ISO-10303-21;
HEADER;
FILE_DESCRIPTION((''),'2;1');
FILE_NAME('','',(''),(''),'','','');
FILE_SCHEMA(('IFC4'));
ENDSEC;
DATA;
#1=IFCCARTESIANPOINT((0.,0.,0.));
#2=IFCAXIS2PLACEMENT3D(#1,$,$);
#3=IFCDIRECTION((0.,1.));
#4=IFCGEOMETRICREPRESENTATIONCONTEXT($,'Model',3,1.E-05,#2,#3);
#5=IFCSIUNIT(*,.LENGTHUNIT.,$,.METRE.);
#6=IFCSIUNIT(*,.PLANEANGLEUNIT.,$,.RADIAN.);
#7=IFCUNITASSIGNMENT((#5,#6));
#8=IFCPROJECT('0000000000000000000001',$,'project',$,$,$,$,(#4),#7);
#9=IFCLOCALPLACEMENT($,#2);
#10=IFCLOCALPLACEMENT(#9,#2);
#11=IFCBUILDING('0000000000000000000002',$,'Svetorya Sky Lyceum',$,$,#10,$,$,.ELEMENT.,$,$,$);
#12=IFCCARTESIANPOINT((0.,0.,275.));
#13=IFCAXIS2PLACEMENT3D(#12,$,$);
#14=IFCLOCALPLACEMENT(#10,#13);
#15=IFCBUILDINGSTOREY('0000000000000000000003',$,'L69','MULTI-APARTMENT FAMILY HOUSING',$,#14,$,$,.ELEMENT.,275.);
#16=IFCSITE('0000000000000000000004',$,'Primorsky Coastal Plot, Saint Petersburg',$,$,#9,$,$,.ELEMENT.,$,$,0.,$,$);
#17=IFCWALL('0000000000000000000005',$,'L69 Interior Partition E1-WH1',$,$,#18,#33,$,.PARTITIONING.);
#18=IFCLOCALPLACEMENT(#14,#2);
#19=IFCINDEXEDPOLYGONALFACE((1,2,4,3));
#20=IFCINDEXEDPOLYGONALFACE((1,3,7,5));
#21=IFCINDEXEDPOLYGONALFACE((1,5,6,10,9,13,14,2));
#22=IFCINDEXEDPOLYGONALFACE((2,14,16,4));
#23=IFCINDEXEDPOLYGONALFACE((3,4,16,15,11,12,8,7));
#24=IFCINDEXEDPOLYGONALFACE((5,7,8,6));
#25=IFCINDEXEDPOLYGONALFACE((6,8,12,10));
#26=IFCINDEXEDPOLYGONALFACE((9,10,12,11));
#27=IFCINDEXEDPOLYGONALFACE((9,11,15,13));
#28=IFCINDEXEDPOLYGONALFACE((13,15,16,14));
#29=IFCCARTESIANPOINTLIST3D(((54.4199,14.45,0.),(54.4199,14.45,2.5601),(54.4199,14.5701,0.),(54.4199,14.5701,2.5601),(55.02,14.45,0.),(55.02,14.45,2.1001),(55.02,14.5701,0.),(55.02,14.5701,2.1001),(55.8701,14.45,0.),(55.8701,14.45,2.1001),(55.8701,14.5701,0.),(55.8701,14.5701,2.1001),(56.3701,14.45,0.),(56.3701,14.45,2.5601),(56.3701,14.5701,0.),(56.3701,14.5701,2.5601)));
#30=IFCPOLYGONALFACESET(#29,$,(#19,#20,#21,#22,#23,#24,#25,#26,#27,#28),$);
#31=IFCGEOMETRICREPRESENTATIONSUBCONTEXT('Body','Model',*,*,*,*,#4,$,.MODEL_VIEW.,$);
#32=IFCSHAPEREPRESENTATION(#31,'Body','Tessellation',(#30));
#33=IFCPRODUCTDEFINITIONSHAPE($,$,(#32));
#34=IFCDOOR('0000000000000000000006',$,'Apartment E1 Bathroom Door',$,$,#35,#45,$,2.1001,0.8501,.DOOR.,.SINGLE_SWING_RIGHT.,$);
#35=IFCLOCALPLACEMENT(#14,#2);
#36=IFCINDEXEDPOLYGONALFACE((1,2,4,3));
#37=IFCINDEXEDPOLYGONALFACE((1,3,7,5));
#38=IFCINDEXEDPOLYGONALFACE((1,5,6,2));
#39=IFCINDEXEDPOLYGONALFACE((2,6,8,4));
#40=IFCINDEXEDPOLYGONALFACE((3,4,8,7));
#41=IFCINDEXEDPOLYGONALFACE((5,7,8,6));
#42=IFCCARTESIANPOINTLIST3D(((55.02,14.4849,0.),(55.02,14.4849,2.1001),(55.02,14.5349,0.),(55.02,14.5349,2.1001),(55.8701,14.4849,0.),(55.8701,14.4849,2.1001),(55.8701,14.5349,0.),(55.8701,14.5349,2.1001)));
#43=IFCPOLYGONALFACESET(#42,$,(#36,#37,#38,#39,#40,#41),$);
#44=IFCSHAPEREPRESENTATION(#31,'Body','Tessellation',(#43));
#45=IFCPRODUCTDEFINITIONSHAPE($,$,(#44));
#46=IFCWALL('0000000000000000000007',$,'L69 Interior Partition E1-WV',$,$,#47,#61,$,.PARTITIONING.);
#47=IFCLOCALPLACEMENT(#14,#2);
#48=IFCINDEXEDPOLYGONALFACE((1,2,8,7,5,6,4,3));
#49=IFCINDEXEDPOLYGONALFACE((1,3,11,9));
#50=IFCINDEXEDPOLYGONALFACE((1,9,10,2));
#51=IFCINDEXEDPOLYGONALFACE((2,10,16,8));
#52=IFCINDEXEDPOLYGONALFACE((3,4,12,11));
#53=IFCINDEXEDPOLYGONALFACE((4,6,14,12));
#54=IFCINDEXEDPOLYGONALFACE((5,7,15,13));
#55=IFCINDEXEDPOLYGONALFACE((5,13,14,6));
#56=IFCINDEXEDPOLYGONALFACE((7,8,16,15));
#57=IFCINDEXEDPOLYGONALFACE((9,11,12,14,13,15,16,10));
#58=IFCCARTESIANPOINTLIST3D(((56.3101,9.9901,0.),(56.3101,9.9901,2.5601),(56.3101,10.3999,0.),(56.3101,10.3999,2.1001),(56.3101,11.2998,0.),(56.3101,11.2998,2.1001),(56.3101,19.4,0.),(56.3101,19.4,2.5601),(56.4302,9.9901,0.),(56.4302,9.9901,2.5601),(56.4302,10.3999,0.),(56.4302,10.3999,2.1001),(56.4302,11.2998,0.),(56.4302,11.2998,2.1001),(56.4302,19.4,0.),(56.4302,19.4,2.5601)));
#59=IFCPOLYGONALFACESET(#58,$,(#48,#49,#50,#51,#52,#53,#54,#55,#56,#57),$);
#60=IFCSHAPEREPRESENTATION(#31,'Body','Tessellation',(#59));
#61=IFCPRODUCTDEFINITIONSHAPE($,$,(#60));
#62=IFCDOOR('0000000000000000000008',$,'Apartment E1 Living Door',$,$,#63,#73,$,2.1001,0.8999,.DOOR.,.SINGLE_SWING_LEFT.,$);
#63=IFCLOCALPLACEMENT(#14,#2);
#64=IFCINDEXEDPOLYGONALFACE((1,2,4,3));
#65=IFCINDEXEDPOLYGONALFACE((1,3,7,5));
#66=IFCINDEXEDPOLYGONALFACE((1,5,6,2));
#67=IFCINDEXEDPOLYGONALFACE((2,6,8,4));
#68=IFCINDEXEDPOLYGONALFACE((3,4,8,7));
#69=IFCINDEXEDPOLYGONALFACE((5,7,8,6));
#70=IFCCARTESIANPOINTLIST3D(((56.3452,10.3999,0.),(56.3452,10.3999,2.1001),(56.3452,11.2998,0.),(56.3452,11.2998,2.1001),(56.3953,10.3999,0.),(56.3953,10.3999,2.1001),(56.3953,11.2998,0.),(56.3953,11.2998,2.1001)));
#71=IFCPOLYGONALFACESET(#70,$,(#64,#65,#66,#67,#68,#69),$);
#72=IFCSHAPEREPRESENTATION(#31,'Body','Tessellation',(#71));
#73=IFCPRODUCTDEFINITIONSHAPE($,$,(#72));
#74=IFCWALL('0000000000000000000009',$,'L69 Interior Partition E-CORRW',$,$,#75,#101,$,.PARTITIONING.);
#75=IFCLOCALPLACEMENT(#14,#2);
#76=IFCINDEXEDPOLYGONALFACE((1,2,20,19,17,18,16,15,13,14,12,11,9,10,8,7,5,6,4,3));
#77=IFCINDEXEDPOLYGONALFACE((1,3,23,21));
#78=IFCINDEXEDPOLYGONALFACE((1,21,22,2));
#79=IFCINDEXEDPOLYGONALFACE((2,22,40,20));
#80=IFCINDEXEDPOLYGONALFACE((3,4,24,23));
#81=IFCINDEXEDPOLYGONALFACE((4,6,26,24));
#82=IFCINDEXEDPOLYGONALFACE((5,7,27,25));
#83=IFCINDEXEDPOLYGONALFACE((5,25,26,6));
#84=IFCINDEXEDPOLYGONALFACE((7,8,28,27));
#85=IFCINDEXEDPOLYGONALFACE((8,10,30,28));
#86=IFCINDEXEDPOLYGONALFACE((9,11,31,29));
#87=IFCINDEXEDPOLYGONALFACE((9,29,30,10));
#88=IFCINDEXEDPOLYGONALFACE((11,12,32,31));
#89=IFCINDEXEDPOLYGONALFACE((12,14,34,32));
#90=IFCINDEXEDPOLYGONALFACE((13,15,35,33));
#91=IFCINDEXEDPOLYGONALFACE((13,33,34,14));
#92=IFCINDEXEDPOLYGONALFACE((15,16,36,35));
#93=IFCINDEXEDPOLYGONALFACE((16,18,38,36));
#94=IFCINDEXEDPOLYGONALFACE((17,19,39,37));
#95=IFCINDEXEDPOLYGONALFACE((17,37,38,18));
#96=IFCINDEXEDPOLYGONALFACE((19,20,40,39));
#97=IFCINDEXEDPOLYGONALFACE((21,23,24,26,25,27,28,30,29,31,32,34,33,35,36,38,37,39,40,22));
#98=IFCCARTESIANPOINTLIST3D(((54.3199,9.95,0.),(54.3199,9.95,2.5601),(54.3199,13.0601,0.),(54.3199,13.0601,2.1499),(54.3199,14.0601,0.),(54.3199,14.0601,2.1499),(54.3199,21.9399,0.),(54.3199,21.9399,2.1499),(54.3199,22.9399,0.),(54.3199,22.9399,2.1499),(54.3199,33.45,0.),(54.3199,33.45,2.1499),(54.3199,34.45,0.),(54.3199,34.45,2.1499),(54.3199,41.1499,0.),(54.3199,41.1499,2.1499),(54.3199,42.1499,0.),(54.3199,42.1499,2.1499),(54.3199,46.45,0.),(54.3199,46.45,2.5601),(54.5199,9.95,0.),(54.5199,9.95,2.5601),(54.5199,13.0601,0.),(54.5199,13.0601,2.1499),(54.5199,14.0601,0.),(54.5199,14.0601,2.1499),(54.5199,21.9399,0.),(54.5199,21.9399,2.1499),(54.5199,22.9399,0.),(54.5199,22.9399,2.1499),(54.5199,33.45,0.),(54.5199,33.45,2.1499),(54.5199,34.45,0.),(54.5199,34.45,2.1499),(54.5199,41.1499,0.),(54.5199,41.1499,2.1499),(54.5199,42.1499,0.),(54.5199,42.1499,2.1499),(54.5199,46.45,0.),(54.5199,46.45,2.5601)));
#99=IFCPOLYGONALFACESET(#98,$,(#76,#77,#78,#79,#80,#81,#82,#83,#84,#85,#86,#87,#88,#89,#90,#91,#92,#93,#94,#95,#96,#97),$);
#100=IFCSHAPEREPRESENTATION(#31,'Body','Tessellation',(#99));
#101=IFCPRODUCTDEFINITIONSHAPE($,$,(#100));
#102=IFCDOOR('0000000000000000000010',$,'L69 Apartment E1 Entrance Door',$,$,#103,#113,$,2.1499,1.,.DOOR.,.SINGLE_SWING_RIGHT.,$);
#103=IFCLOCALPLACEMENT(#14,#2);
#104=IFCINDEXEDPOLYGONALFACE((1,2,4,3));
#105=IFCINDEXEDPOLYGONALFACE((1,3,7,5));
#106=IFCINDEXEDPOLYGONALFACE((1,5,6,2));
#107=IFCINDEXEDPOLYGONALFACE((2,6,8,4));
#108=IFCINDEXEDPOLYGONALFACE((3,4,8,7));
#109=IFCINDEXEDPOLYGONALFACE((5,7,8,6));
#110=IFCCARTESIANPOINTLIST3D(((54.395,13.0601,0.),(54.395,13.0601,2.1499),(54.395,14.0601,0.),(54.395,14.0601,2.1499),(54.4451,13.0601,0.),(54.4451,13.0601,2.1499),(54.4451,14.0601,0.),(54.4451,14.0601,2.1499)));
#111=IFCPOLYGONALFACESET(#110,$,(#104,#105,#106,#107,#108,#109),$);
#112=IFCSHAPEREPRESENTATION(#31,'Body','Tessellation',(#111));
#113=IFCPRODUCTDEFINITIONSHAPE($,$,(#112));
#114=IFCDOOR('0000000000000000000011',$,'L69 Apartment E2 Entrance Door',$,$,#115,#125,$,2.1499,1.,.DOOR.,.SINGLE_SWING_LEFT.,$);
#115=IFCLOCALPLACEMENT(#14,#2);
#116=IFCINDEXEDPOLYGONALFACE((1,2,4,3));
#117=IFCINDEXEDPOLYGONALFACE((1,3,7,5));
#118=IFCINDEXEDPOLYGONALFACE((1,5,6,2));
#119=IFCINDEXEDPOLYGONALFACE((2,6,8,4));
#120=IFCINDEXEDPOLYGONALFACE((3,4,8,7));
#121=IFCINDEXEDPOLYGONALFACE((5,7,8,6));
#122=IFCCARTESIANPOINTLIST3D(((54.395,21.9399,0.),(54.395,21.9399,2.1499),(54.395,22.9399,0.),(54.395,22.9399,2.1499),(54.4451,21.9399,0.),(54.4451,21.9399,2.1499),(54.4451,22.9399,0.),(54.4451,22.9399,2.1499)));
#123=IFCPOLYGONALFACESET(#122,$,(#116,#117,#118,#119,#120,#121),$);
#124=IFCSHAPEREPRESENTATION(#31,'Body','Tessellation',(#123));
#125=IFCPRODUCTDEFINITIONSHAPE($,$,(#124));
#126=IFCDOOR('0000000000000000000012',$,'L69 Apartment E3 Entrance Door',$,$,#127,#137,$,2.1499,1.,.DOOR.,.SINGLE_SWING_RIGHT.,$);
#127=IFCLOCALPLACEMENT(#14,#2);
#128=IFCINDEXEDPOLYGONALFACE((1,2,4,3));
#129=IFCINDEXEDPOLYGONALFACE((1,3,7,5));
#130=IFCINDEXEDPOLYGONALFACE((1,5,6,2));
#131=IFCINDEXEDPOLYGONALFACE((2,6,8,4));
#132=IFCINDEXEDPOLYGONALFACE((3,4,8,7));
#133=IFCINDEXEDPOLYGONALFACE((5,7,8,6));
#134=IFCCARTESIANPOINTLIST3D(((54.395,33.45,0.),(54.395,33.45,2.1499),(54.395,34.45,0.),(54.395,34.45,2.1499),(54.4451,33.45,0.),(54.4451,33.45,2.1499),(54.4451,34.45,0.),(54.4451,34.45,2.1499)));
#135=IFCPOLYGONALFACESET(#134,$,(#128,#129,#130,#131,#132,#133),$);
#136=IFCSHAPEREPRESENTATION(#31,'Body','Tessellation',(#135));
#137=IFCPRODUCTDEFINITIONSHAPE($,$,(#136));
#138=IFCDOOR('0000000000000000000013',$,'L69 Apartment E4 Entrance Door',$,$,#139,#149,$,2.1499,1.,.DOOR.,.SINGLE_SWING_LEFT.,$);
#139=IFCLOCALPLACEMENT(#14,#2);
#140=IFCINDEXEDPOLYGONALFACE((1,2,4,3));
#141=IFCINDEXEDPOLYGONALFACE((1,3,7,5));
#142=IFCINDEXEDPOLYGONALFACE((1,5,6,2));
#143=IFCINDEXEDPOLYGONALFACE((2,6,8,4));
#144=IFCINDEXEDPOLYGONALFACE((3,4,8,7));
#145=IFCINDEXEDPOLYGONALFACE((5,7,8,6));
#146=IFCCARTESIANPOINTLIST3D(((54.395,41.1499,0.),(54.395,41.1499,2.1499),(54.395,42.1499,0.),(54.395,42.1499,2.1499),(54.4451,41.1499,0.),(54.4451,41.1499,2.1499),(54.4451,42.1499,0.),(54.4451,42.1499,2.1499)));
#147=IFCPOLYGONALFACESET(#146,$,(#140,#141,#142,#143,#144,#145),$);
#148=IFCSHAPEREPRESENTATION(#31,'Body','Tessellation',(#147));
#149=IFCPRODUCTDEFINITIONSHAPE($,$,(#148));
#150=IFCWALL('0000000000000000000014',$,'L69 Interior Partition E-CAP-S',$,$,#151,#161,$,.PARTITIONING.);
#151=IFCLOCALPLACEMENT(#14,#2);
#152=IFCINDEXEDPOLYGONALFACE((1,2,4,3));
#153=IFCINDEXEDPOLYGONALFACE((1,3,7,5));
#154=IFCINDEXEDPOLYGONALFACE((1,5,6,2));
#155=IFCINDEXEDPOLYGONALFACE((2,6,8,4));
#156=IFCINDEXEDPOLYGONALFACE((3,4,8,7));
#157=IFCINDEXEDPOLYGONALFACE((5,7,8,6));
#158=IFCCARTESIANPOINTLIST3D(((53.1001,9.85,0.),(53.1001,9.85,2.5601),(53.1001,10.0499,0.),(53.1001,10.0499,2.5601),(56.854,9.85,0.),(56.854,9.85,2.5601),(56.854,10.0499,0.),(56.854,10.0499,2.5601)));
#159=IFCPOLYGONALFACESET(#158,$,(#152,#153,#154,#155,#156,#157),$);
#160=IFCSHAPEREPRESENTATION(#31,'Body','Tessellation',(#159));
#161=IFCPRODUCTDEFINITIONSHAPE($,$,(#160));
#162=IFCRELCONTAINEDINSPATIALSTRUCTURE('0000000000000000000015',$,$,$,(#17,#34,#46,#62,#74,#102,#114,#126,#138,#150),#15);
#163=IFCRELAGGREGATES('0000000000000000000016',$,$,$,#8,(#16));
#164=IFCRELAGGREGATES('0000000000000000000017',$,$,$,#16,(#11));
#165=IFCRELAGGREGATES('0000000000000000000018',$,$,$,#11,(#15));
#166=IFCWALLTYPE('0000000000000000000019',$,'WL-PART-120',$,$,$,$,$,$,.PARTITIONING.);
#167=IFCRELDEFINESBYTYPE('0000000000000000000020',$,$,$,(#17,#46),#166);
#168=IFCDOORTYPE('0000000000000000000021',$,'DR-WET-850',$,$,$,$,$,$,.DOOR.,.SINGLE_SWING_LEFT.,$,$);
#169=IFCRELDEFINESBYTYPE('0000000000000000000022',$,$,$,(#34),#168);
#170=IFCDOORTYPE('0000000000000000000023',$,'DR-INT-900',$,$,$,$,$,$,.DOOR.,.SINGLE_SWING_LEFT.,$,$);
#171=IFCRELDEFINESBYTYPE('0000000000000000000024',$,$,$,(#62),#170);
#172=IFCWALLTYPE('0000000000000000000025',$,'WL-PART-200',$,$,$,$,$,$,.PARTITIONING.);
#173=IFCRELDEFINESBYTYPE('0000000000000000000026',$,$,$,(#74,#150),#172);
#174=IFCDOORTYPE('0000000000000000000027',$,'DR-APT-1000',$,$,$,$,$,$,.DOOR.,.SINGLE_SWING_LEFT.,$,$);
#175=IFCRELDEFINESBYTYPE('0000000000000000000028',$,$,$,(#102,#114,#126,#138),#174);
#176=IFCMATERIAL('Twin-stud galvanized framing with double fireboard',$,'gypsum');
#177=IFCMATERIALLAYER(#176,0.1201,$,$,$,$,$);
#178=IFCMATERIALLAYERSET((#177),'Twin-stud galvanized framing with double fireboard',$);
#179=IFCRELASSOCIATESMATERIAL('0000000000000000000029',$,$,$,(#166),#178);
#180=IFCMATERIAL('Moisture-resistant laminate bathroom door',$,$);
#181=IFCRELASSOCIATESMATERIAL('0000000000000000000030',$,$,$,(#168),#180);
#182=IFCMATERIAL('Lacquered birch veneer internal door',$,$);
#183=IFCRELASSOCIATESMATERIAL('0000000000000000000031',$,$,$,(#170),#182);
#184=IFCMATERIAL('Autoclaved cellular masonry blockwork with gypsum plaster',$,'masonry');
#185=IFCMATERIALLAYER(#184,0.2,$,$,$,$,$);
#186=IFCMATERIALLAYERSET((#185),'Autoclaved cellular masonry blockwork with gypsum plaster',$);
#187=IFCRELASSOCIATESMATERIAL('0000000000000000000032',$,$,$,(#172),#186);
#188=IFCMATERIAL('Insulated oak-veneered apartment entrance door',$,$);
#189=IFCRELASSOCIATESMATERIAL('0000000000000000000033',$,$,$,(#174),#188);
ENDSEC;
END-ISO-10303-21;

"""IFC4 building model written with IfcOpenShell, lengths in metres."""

from ifc_helpers import new_model, si_unit, direction, frame, frame_2d, origin, place, context, subcontext, project, spatial, rectangle, extrude, material, layer, layer_set, type_object, element, fill, save


model = new_model("IFC4")

# Units and contexts
model_context = context("Model", 3, precision=1e-05, world=origin(), true_north=direction((0.0, 1.0)))
body_context = subcontext(model_context, "Body", "Model", "MODEL_VIEW")
ifc_project = project(units=[si_unit("LENGTHUNIT", "METRE"), si_unit("PLANEANGLEUNIT", "RADIAN")], contexts=[model_context])

# Site, building, storey
site_placement = place(None, origin())
site = spatial("IfcSite", under=ifc_project, at=site_placement, Name="Primorsky Coastal Plot, Saint Petersburg", CompositionType="ELEMENT", RefElevation=0.0)
building_placement = place(site_placement, origin())
building = spatial("IfcBuilding", under=site, at=building_placement, Name="Svetorya Sky Lyceum", CompositionType="ELEMENT")
storey_placement = place(building_placement, frame((0.0, 0.0, 275.0)))
storey = spatial("IfcBuildingStorey", under=building, at=storey_placement, Name="L69", Description="MULTI-APARTMENT FAMILY HOUSING", CompositionType="ELEMENT", Elevation=275.0)

# Walls, openings, doors
ifc_material_1 = material(Name="Twin-stud galvanized framing with double fireboard", Category="gypsum")
ifc_layer_1 = layer(ifc_material_1, 0.1201)
ifc_layer_set_1 = layer_set([ifc_layer_1], Name="Twin-stud galvanized framing with double fireboard")
wall_type_1 = type_object("IfcWallType", Name="WL-PART-120", PredefinedType="PARTITIONING", material=ifc_layer_set_1)
wall_1_placement = place(storey_placement, frame((54.4199, 14.51, 0.0), z_axis=(0.0, 0.0, 1.0), x_axis=(1.0, 0.0, 0.0)))
wall_1 = element("IfcWall", 1, at=wall_1_placement, inside=storey, type_object=wall_type_1, Name="L69 Interior Partition E1-WH1", PredefinedType="PARTITIONING", context=body_context, shape_type="SweptSolid", body=[
    extrude(rectangle(XDim=1.9502, YDim=0.1201, at=frame_2d((0.9751, 0.0))), origin(), (0.0, 0.0, 1.0), 2.5601),
])
opening_1_placement = place(wall_1_placement, frame((0.6001, 0.0, 0.0)))
opening_1 = element("IfcOpeningElement", 2, at=opening_1_placement, cuts=wall_1, PredefinedType="OPENING", context=body_context, shape_type="SweptSolid", body=[
    extrude(rectangle(XDim=0.8501, YDim=2.1001, at=frame_2d((0.425, 1.05))), frame((0.0, 0.0701, 0.0), z_axis=(0.0, -1.0, 0.0), x_axis=(1.0, 0.0, 0.0)), (0.0, 0.0, 1.0), 0.1401),
])
ifc_material_2 = material(Name="Moisture-resistant laminate bathroom door")
door_type_1 = type_object("IfcDoorType", Name="DR-WET-850", OperationType="SINGLE_SWING_LEFT", PredefinedType="DOOR", material=ifc_material_2)
door_1_placement = place(opening_1_placement, origin())
door_1 = element("IfcDoor", 3, at=door_1_placement, inside=storey, type_object=door_type_1, Name="Apartment E1 Bathroom Door", OperationType="SINGLE_SWING_RIGHT", OverallHeight=2.1001, OverallWidth=0.8501, PredefinedType="DOOR", context=body_context, shape_type="SweptSolid", body=[
    extrude(rectangle(XDim=0.8501, YDim=2.1001, at=frame_2d((0.425, 1.05))), frame((0.0, 0.0249, 0.0), z_axis=(0.0, -1.0, 0.0), x_axis=(1.0, 0.0, 0.0)), (0.0, 0.0, 1.0), 0.05),
])
fill(opening_1, door_1)
wall_2_placement = place(storey_placement, frame((56.3701, 9.99, 0.0), z_axis=(0.0, 0.0, 1.0), x_axis=(0.0, 1.0, 0.0)))
wall_2 = element("IfcWall", 4, at=wall_2_placement, inside=storey, type_object=wall_type_1, Name="L69 Interior Partition E1-WV", PredefinedType="PARTITIONING", context=body_context, shape_type="SweptSolid", body=[
    extrude(rectangle(XDim=9.4099, YDim=0.1201, at=frame_2d((4.7051, 0.0))), origin(), (0.0, 0.0, 1.0), 2.5601),
])
opening_2_placement = place(wall_2_placement, frame((0.4099, 0.0, 0.0)))
opening_2 = element("IfcOpeningElement", 5, at=opening_2_placement, cuts=wall_2, PredefinedType="OPENING", context=body_context, shape_type="SweptSolid", body=[
    extrude(rectangle(XDim=0.8999, YDim=2.1001, at=frame_2d((0.45, 1.05))), frame((0.0, 0.0701, 0.0), z_axis=(0.0, -1.0, 0.0), x_axis=(1.0, 0.0, 0.0)), (0.0, 0.0, 1.0), 0.1401),
])
ifc_material_3 = material(Name="Lacquered birch veneer internal door")
door_type_2 = type_object("IfcDoorType", Name="DR-INT-900", OperationType="SINGLE_SWING_LEFT", PredefinedType="DOOR", material=ifc_material_3)
door_2_placement = place(opening_2_placement, origin())
door_2 = element("IfcDoor", 6, at=door_2_placement, inside=storey, type_object=door_type_2, Name="Apartment E1 Living Door", OperationType="SINGLE_SWING_LEFT", OverallHeight=2.1001, OverallWidth=0.8999, PredefinedType="DOOR", context=body_context, shape_type="SweptSolid", body=[
    extrude(rectangle(XDim=0.8999, YDim=2.1001, at=frame_2d((0.45, 1.05))), frame((0.0, 0.0249, 0.0), z_axis=(0.0, -1.0, 0.0), x_axis=(1.0, 0.0, 0.0)), (0.0, 0.0, 1.0), 0.05),
])
fill(opening_2, door_2)

# Wall, openings, doors
ifc_material_4 = material(Name="Autoclaved cellular masonry blockwork with gypsum plaster", Category="masonry")
ifc_layer_2 = layer(ifc_material_4, 0.2)
ifc_layer_set_2 = layer_set([ifc_layer_2], Name="Autoclaved cellular masonry blockwork with gypsum plaster")
wall_type_2 = type_object("IfcWallType", Name="WL-PART-200", PredefinedType="PARTITIONING", material=ifc_layer_set_2)
wall_3_placement = place(storey_placement, frame((54.4199, 9.95, 0.0), z_axis=(0.0, 0.0, 1.0), x_axis=(0.0, 1.0, 0.0)))
wall_3 = element("IfcWall", 7, at=wall_3_placement, inside=storey, type_object=wall_type_2, Name="L69 Interior Partition E-CORRW", PredefinedType="PARTITIONING", context=body_context, shape_type="SweptSolid", body=[
    extrude(rectangle(XDim=36.5, YDim=0.2, at=frame_2d((18.25, 0.0))), origin(), (0.0, 0.0, 1.0), 2.5601),
])
opening_3_placement = place(wall_3_placement, frame((3.1101, 0.0, 0.0)))
opening_3 = element("IfcOpeningElement", 8, at=opening_3_placement, cuts=wall_3, PredefinedType="OPENING", context=body_context, shape_type="SweptSolid", body=[
    extrude(rectangle(XDim=1.0, YDim=2.1499, at=frame_2d((0.5, 1.075))), frame((0.0, 0.1099, 0.0), z_axis=(0.0, -1.0, 0.0), x_axis=(1.0, 0.0, 0.0)), (0.0, 0.0, 1.0), 0.22),
])
opening_4_placement = place(wall_3_placement, frame((11.99, 0.0, 0.0)))
opening_4 = element("IfcOpeningElement", 9, at=opening_4_placement, cuts=wall_3, PredefinedType="OPENING", context=body_context, shape_type="SweptSolid", body=[
    extrude(rectangle(XDim=1.0, YDim=2.1499, at=frame_2d((0.5, 1.075))), frame((0.0, 0.1099, 0.0), z_axis=(0.0, -1.0, 0.0), x_axis=(1.0, 0.0, 0.0)), (0.0, 0.0, 1.0), 0.22),
])
opening_5_placement = place(wall_3_placement, frame((23.5, 0.0, 0.0)))
opening_5 = element("IfcOpeningElement", 10, at=opening_5_placement, cuts=wall_3, PredefinedType="OPENING", context=body_context, shape_type="SweptSolid", body=[
    extrude(rectangle(XDim=1.0, YDim=2.1499, at=frame_2d((0.5, 1.075))), frame((0.0, 0.1099, 0.0), z_axis=(0.0, -1.0, 0.0), x_axis=(1.0, 0.0, 0.0)), (0.0, 0.0, 1.0), 0.22),
])
opening_6_placement = place(wall_3_placement, frame((31.2, 0.0, 0.0)))
opening_6 = element("IfcOpeningElement", 11, at=opening_6_placement, cuts=wall_3, PredefinedType="OPENING", context=body_context, shape_type="SweptSolid", body=[
    extrude(rectangle(XDim=1.0, YDim=2.1499, at=frame_2d((0.5, 1.075))), frame((0.0, 0.1099, 0.0), z_axis=(0.0, -1.0, 0.0), x_axis=(1.0, 0.0, 0.0)), (0.0, 0.0, 1.0), 0.22),
])
ifc_material_5 = material(Name="Insulated oak-veneered apartment entrance door")
door_type_3 = type_object("IfcDoorType", Name="DR-APT-1000", OperationType="SINGLE_SWING_LEFT", PredefinedType="DOOR", material=ifc_material_5)
door_3_placement = place(opening_3_placement, origin())
door_3 = element("IfcDoor", 12, at=door_3_placement, inside=storey, type_object=door_type_3, Name="L69 Apartment E1 Entrance Door", OperationType="SINGLE_SWING_RIGHT", OverallHeight=2.1499, OverallWidth=1.0, PredefinedType="DOOR", context=body_context, shape_type="SweptSolid", body=[
    extrude(rectangle(XDim=1.0, YDim=2.1499, at=frame_2d((0.5, 1.075))), frame((0.0, 0.0249, 0.0), z_axis=(0.0, -1.0, 0.0), x_axis=(1.0, 0.0, 0.0)), (0.0, 0.0, 1.0), 0.05),
])
fill(opening_3, door_3)
door_4_placement = place(opening_4_placement, origin())
door_4 = element("IfcDoor", 13, at=door_4_placement, inside=storey, type_object=door_type_3, Name="L69 Apartment E2 Entrance Door", OperationType="SINGLE_SWING_LEFT", OverallHeight=2.1499, OverallWidth=1.0, PredefinedType="DOOR", context=body_context, shape_type="SweptSolid", body=[
    extrude(rectangle(XDim=1.0, YDim=2.1499, at=frame_2d((0.5, 1.075))), frame((0.0, 0.0249, 0.0), z_axis=(0.0, -1.0, 0.0), x_axis=(1.0, 0.0, 0.0)), (0.0, 0.0, 1.0), 0.05),
])
fill(opening_4, door_4)
door_5_placement = place(opening_5_placement, origin())
door_5 = element("IfcDoor", 14, at=door_5_placement, inside=storey, type_object=door_type_3, Name="L69 Apartment E3 Entrance Door", OperationType="SINGLE_SWING_RIGHT", OverallHeight=2.1499, OverallWidth=1.0, PredefinedType="DOOR", context=body_context, shape_type="SweptSolid", body=[
    extrude(rectangle(XDim=1.0, YDim=2.1499, at=frame_2d((0.5, 1.075))), frame((0.0, 0.0249, 0.0), z_axis=(0.0, -1.0, 0.0), x_axis=(1.0, 0.0, 0.0)), (0.0, 0.0, 1.0), 0.05),
])
fill(opening_5, door_5)
door_6_placement = place(opening_6_placement, origin())
door_6 = element("IfcDoor", 15, at=door_6_placement, inside=storey, type_object=door_type_3, Name="L69 Apartment E4 Entrance Door", OperationType="SINGLE_SWING_LEFT", OverallHeight=2.1499, OverallWidth=1.0, PredefinedType="DOOR", context=body_context, shape_type="SweptSolid", body=[
    extrude(rectangle(XDim=1.0, YDim=2.1499, at=frame_2d((0.5, 1.075))), frame((0.0, 0.0249, 0.0), z_axis=(0.0, -1.0, 0.0), x_axis=(1.0, 0.0, 0.0)), (0.0, 0.0, 1.0), 0.05),
])
fill(opening_6, door_6)

# Wall
wall_4_placement = place(storey_placement, frame((53.1001, 9.95, 0.0), z_axis=(0.0, 0.0, 1.0), x_axis=(1.0, 0.0, 0.0)))
element("IfcWall", 16, at=wall_4_placement, inside=storey, type_object=wall_type_2, Name="L69 Interior Partition E-CAP-S", PredefinedType="PARTITIONING", context=body_context, shape_type="SweptSolid", body=[
    extrude(rectangle(XDim=3.7539, YDim=0.2, at=frame_2d((1.877, 0.0))), origin(), (0.0, 0.0, 1.0), 2.5601),
])

save(model, "model.ifc")
